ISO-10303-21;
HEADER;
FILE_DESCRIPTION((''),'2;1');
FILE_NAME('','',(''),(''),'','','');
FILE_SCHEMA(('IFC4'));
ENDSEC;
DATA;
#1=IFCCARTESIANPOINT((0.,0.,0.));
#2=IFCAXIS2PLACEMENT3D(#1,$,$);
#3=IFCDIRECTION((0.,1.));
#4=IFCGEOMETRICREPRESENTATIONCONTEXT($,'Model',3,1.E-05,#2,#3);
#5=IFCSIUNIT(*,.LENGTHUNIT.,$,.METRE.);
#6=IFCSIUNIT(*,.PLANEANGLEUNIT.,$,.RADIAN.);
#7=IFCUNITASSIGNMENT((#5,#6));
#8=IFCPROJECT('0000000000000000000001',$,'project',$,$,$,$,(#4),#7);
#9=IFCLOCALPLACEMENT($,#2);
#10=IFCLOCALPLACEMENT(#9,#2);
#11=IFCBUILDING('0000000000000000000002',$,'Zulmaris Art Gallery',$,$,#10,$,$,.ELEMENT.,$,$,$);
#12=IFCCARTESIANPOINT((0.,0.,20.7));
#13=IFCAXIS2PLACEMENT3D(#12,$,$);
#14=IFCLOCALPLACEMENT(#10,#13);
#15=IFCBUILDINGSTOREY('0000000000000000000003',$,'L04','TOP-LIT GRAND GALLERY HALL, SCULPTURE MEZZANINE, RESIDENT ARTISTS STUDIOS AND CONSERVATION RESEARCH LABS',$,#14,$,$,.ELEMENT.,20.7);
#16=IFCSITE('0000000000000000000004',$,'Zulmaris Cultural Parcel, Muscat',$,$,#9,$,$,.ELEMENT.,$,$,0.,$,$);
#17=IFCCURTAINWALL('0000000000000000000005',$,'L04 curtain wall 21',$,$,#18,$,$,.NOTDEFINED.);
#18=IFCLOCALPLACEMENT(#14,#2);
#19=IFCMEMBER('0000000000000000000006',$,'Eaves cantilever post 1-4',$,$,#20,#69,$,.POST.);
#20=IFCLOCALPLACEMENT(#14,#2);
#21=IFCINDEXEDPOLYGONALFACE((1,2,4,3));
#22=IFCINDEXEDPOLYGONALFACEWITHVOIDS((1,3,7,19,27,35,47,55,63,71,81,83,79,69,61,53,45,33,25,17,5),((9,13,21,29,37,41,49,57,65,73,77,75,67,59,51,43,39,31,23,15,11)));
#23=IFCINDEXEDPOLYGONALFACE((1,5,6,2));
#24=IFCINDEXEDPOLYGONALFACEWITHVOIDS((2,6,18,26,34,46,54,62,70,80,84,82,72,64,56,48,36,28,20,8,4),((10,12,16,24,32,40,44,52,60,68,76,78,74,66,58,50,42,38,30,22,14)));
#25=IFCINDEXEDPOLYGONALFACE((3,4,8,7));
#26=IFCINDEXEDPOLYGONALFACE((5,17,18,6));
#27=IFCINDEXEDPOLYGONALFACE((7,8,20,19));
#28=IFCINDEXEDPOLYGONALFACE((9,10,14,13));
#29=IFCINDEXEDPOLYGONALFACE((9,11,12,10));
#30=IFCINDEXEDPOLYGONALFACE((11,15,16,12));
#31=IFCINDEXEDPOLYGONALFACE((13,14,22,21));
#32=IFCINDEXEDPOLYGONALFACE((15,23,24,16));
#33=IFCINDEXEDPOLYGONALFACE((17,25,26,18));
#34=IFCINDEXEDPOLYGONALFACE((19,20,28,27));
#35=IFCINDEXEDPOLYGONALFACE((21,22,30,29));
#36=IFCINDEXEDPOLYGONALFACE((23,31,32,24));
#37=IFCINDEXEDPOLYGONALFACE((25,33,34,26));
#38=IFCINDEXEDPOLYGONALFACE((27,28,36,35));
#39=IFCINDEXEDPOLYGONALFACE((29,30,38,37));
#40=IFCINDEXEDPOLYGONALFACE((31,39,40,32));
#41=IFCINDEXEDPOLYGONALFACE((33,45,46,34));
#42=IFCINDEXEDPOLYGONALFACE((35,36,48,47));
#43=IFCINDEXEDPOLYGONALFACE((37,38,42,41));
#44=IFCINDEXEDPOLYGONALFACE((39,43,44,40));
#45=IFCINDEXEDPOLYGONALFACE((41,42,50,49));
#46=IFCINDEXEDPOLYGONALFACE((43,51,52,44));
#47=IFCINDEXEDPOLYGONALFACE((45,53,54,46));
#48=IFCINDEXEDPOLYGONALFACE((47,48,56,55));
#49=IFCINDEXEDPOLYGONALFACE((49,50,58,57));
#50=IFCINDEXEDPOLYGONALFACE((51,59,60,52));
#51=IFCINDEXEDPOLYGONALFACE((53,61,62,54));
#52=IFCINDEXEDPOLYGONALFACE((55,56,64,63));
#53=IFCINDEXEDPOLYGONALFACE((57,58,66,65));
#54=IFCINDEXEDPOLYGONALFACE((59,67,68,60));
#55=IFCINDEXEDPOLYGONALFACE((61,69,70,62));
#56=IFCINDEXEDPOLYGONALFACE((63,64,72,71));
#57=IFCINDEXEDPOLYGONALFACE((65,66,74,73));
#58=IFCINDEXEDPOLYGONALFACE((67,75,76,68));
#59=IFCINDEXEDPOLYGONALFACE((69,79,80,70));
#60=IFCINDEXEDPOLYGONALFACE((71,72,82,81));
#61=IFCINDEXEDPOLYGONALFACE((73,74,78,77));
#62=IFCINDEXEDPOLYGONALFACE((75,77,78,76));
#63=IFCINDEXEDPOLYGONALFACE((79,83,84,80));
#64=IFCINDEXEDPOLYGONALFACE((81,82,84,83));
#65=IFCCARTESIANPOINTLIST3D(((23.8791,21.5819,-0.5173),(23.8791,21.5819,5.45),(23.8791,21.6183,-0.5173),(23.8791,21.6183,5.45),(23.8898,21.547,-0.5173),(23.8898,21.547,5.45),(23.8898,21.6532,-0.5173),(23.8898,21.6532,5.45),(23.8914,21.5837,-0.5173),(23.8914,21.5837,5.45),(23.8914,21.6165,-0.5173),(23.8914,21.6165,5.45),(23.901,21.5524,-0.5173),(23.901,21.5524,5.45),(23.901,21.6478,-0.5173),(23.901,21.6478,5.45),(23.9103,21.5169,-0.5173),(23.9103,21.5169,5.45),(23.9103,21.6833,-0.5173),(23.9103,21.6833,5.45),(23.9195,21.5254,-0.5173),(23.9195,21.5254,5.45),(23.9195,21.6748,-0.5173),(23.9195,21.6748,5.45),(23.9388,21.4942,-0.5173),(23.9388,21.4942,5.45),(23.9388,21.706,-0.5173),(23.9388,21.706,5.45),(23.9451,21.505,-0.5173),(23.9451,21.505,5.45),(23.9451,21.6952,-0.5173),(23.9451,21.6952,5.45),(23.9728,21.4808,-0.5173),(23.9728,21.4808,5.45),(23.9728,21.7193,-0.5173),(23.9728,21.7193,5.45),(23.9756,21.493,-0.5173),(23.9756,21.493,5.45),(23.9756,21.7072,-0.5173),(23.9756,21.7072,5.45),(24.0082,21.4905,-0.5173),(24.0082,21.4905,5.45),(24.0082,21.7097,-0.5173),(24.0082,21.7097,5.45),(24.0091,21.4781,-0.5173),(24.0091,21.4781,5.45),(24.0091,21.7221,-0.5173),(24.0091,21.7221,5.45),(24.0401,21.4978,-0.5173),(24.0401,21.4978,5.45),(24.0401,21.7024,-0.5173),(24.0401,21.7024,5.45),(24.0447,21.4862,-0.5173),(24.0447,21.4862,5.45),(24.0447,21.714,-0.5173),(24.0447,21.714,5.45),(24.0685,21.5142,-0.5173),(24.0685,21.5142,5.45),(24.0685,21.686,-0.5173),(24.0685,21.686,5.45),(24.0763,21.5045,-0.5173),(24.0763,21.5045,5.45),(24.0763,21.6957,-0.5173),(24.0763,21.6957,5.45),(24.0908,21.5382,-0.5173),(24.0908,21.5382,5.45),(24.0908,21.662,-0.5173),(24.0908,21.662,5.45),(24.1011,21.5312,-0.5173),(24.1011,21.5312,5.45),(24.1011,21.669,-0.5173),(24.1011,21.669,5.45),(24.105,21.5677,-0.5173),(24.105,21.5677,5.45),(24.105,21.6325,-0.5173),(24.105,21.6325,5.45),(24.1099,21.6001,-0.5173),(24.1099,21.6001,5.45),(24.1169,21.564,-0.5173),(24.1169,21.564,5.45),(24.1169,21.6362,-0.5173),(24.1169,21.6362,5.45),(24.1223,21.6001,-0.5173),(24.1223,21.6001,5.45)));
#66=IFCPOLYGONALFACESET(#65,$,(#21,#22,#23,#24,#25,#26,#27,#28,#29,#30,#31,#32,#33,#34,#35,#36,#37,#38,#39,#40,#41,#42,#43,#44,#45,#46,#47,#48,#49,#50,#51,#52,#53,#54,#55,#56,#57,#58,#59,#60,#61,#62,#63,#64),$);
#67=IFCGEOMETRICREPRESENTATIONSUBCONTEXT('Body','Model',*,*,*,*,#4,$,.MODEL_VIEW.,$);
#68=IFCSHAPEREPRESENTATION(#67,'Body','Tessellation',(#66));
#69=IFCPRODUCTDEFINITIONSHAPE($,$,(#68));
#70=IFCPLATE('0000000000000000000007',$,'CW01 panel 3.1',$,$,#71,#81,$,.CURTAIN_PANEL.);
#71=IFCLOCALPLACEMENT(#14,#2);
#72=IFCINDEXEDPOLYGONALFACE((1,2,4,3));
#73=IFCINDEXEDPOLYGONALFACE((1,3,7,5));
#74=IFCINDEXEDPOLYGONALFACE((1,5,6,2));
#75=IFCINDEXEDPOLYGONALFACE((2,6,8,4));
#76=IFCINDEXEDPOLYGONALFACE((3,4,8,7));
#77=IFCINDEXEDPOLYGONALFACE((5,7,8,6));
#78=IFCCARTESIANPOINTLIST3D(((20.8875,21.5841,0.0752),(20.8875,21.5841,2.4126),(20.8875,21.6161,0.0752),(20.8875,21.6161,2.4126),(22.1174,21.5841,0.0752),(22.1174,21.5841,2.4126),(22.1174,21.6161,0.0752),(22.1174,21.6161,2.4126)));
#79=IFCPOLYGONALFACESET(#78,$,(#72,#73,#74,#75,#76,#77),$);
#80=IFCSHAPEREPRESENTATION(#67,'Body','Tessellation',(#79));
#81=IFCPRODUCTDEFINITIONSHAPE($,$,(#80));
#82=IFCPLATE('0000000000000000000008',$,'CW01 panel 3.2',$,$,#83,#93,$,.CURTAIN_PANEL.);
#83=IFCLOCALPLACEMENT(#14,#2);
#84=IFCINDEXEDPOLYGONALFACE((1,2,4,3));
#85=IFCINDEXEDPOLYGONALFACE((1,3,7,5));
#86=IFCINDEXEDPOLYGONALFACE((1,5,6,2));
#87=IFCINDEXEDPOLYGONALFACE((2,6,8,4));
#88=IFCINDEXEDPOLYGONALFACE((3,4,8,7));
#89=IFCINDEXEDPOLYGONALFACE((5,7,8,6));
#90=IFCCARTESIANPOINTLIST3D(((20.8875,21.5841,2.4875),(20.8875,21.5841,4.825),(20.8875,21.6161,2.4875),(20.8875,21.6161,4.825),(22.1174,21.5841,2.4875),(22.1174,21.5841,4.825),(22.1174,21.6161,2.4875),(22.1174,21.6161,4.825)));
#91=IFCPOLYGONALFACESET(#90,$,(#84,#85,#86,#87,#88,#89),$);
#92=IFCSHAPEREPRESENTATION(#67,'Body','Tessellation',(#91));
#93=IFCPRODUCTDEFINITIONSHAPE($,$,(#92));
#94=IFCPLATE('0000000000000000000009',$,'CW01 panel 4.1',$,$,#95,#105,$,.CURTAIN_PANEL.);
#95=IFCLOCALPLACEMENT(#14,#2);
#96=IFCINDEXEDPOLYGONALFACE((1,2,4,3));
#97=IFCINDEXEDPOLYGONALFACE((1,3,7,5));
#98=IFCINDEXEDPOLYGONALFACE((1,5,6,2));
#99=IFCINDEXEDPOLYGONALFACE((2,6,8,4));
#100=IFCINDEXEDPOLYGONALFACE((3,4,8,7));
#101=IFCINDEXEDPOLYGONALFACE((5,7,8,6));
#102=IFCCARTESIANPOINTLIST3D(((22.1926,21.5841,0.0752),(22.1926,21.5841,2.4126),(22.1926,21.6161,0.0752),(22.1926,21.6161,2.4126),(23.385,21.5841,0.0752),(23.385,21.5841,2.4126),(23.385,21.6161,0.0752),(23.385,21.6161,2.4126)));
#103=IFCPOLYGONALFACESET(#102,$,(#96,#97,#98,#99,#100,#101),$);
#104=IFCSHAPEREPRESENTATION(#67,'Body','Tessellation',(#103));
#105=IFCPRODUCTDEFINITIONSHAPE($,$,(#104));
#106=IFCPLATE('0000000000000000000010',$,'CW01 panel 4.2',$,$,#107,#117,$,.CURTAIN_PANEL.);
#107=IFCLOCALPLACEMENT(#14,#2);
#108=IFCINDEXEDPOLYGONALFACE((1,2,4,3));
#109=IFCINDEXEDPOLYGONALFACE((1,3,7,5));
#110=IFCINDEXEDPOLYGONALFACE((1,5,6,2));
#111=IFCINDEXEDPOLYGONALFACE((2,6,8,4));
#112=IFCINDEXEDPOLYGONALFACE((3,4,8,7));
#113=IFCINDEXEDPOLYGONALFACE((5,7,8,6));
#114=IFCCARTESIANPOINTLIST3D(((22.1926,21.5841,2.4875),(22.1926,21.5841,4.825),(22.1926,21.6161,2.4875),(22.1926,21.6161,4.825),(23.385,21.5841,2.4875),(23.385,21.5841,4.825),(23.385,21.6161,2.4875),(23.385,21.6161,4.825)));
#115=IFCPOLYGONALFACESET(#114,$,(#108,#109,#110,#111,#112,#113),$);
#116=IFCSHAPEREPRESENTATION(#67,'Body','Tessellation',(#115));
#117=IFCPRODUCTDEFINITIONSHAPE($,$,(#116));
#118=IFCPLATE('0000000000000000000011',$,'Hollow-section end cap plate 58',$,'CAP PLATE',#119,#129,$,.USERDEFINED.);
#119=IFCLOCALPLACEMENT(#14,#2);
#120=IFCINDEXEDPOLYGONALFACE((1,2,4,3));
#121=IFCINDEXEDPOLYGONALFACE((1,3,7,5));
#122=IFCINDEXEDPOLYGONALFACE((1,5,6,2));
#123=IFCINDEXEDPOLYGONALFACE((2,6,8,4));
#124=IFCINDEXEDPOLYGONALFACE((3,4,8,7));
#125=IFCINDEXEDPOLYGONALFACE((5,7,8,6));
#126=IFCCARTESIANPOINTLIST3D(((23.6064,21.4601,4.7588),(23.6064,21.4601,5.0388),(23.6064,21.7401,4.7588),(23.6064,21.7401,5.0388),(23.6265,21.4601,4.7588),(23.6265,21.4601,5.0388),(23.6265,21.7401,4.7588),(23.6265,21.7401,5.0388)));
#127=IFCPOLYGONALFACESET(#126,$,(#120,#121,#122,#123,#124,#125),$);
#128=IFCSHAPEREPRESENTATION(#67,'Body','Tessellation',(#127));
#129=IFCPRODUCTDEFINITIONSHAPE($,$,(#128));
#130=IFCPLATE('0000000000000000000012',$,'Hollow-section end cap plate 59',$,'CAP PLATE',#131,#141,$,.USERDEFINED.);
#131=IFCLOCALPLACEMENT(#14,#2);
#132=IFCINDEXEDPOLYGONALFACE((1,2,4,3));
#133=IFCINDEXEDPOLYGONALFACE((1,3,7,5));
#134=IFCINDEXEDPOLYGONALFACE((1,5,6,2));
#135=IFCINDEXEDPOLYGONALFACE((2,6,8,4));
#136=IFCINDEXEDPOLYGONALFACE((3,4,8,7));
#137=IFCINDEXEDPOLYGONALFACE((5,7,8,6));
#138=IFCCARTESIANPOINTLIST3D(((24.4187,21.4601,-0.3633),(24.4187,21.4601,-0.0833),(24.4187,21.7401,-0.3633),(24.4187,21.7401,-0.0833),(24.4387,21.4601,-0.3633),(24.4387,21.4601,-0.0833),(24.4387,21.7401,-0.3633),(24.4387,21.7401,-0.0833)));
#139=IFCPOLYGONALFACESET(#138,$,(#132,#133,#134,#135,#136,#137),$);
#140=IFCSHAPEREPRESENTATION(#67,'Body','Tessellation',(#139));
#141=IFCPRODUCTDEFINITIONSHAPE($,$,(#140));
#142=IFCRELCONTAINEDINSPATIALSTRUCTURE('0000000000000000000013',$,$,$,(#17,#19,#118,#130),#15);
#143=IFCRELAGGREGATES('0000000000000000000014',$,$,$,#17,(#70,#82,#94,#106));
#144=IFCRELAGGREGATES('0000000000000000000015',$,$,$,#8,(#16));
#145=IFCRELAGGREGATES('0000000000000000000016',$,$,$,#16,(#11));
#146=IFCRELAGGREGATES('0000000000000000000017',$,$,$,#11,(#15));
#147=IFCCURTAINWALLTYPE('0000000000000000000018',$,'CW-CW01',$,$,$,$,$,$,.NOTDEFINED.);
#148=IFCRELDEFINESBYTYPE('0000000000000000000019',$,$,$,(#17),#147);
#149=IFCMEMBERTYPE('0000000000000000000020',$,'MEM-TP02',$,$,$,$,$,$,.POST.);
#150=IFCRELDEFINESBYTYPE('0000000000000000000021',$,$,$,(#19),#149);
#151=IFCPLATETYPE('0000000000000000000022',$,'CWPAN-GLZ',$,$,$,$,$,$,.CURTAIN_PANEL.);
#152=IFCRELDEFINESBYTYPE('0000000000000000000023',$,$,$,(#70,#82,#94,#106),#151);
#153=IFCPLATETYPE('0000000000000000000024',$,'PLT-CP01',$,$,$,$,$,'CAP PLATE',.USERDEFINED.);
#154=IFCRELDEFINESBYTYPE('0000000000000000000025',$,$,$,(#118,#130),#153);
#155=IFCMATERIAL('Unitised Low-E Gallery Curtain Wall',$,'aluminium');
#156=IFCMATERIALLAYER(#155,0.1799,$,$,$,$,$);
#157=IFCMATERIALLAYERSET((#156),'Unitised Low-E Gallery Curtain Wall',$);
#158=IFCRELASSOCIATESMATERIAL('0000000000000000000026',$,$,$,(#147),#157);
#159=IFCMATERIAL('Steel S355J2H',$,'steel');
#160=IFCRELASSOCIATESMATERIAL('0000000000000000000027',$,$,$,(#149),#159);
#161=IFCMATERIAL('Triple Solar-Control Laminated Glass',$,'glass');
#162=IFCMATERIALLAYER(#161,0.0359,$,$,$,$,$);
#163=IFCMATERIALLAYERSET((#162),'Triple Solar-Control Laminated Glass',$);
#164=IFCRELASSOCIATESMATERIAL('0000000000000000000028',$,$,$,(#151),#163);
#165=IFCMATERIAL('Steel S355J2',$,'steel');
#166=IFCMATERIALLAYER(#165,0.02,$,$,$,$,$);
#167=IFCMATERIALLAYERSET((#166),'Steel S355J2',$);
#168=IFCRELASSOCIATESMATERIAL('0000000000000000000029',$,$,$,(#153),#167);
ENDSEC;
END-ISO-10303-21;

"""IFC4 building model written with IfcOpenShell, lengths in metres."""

from ifc_helpers import new_model, si_unit, direction, frame, origin, origin_2d, place, context, subcontext, project, spatial, rectangle, hollow_circle, extrude, material, layer, layer_set, material_profile, profile_set, type_object, element, aggregate, save


model = new_model("IFC4")

# Units and contexts
model_context = context("Model", 3, precision=1e-05, world=origin(), true_north=direction((0.0, 1.0)))
body_context = subcontext(model_context, "Body", "Model", "MODEL_VIEW")
ifc_project = project(units=[si_unit("LENGTHUNIT", "METRE"), si_unit("PLANEANGLEUNIT", "RADIAN")], contexts=[model_context])

# Site, building, storey
site_placement = place(None, origin())
site = spatial("IfcSite", under=ifc_project, at=site_placement, Name="Zulmaris Cultural Parcel, Muscat", CompositionType="ELEMENT", RefElevation=0.0)
building_placement = place(site_placement, origin())
building = spatial("IfcBuilding", under=site, at=building_placement, Name="Zulmaris Art Gallery", CompositionType="ELEMENT")
storey_placement = place(building_placement, frame((0.0, 0.0, 20.7)))
storey = spatial("IfcBuildingStorey", under=building, at=storey_placement, Name="L04", Description="TOP-LIT GRAND GALLERY HALL, SCULPTURE MEZZANINE, RESIDENT ARTISTS STUDIOS AND CONSERVATION RESEARCH LABS", CompositionType="ELEMENT", Elevation=20.7)

# Shared definitions
ifc_material_1 = material(Name="Steel S355J2", Category="steel")

# Curtain wall
ifc_material_2 = material(Name="Unitised Low-E Gallery Curtain Wall", Category="aluminium")
ifc_layer_1 = layer(ifc_material_2, 0.1799)
ifc_layer_set_1 = layer_set([ifc_layer_1], Name="Unitised Low-E Gallery Curtain Wall")
curtain_wall_type_1 = type_object("IfcCurtainWallType", Name="CW-CW01", PredefinedType="NOTDEFINED", material=ifc_layer_set_1)
curtain_wall_1_placement = place(storey_placement, origin())
curtain_wall_1 = element("IfcCurtainWall", 1, at=curtain_wall_1_placement, inside=storey, type_object=curtain_wall_type_1, Name="L04 curtain wall 21", PredefinedType="NOTDEFINED")

# Member
ifc_material_3 = material(Name="Steel S355J2H", Category="steel")
ifc_material_profile_1 = material_profile(ifc_material_3, hollow_circle(Radius=0.1223, WallThickness=0.0125, at=origin_2d()), Name="CHS 244.5x12.5")
ifc_profile_set_1 = profile_set([ifc_material_profile_1], Name="Steel S355J2H")
member_type_1 = type_object("IfcMemberType", Name="MEM-TP02", PredefinedType="POST", material=ifc_profile_set_1)
member_1_placement = place(storey_placement, frame((24.0, 21.6001, -0.5173), z_axis=(0.0, 0.0, 1.0), x_axis=(1.0, 0.0, 0.0)))
element("IfcMember", 2, at=member_1_placement, inside=storey, type_object=member_type_1, Name="Eaves cantilever post 1-4", PredefinedType="POST", context=body_context, shape_type="SweptSolid", body=[
    extrude(hollow_circle(Radius=0.1223, WallThickness=0.0125, at=origin_2d()), origin(), (0.0, 0.0, 1.0), 5.9673),
])

# Plates
ifc_material_4 = material(Name="Triple Solar-Control Laminated Glass", Category="glass")
ifc_layer_2 = layer(ifc_material_4, 0.0359)
ifc_layer_set_2 = layer_set([ifc_layer_2], Name="Triple Solar-Control Laminated Glass")
plate_type_1 = type_object("IfcPlateType", Name="CWPAN-GLZ", PredefinedType="CURTAIN_PANEL", material=ifc_layer_set_2)
plate_1_placement = place(storey_placement, frame((21.5024, 21.6001, 0.0752), z_axis=(0.0, 0.0, 1.0), x_axis=(1.0, 0.0, 0.0)))
plate_1 = element("IfcPlate", 3, at=plate_1_placement, type_object=plate_type_1, Name="CW01 panel 3.1", PredefinedType="CURTAIN_PANEL", context=body_context, shape_type="SweptSolid", body=[
    extrude(rectangle(XDim=1.23, YDim=0.032, at=origin_2d()), origin(), (0.0, 0.0, 1.0), 2.3374),
])
plate_2_placement = place(storey_placement, frame((21.5024, 21.6001, 2.4875), z_axis=(0.0, 0.0, 1.0), x_axis=(1.0, 0.0, 0.0)))
plate_2 = element("IfcPlate", 4, at=plate_2_placement, type_object=plate_type_1, Name="CW01 panel 3.2", PredefinedType="CURTAIN_PANEL", context=body_context, shape_type="SweptSolid", body=[
    extrude(rectangle(XDim=1.23, YDim=0.032, at=origin_2d()), origin(), (0.0, 0.0, 1.0), 2.3374),
])
plate_3_placement = place(storey_placement, frame((22.7888, 21.6001, 0.0752), z_axis=(0.0, 0.0, 1.0), x_axis=(1.0, 0.0, 0.0)))
plate_3 = element("IfcPlate", 5, at=plate_3_placement, type_object=plate_type_1, Name="CW01 panel 4.1", PredefinedType="CURTAIN_PANEL", context=body_context, shape_type="SweptSolid", body=[
    extrude(rectangle(XDim=1.1924, YDim=0.032, at=origin_2d()), origin(), (0.0, 0.0, 1.0), 2.3374),
])
plate_4_placement = place(storey_placement, frame((22.7888, 21.6001, 2.4875), z_axis=(0.0, 0.0, 1.0), x_axis=(1.0, 0.0, 0.0)))
plate_4 = element("IfcPlate", 6, at=plate_4_placement, type_object=plate_type_1, Name="CW01 panel 4.2", PredefinedType="CURTAIN_PANEL", context=body_context, shape_type="SweptSolid", body=[
    extrude(rectangle(XDim=1.1924, YDim=0.032, at=origin_2d()), origin(), (0.0, 0.0, 1.0), 2.3374),
])
aggregate(curtain_wall_1, [plate_1, plate_2, plate_3, plate_4])

# Plates
ifc_layer_3 = layer(ifc_material_1, 0.02)
ifc_layer_set_3 = layer_set([ifc_layer_3], Name="Steel S355J2")
plate_type_2 = type_object("IfcPlateType", Name="PLT-CP01", ElementType="CAP PLATE", PredefinedType="USERDEFINED", material=ifc_layer_set_3)
for number, where, z_axis, x_axis, name in (
    (7, (23.6165, 21.6001, 4.7588), (0.0, 0.0, 1.0), (1.0, 0.0, 0.0), "Hollow-section end cap plate 58"),
    (8, (24.4287, 21.6001, -0.3633), (0.0, 0.0, 1.0), (1.0, 0.0, 0.0), "Hollow-section end cap plate 59"),
):
    element("IfcPlate", number, at=place(storey_placement, frame(where, z_axis=z_axis, x_axis=x_axis)), inside=storey, type_object=plate_type_2, Name=name, ObjectType="CAP PLATE", PredefinedType="USERDEFINED", context=body_context, shape_type="SweptSolid", body=[
        extrude(rectangle(XDim=0.02, YDim=0.28, at=origin_2d()), origin(), (0.0, 0.0, 1.0), 0.28),
    ])

save(model, "model.ifc")
